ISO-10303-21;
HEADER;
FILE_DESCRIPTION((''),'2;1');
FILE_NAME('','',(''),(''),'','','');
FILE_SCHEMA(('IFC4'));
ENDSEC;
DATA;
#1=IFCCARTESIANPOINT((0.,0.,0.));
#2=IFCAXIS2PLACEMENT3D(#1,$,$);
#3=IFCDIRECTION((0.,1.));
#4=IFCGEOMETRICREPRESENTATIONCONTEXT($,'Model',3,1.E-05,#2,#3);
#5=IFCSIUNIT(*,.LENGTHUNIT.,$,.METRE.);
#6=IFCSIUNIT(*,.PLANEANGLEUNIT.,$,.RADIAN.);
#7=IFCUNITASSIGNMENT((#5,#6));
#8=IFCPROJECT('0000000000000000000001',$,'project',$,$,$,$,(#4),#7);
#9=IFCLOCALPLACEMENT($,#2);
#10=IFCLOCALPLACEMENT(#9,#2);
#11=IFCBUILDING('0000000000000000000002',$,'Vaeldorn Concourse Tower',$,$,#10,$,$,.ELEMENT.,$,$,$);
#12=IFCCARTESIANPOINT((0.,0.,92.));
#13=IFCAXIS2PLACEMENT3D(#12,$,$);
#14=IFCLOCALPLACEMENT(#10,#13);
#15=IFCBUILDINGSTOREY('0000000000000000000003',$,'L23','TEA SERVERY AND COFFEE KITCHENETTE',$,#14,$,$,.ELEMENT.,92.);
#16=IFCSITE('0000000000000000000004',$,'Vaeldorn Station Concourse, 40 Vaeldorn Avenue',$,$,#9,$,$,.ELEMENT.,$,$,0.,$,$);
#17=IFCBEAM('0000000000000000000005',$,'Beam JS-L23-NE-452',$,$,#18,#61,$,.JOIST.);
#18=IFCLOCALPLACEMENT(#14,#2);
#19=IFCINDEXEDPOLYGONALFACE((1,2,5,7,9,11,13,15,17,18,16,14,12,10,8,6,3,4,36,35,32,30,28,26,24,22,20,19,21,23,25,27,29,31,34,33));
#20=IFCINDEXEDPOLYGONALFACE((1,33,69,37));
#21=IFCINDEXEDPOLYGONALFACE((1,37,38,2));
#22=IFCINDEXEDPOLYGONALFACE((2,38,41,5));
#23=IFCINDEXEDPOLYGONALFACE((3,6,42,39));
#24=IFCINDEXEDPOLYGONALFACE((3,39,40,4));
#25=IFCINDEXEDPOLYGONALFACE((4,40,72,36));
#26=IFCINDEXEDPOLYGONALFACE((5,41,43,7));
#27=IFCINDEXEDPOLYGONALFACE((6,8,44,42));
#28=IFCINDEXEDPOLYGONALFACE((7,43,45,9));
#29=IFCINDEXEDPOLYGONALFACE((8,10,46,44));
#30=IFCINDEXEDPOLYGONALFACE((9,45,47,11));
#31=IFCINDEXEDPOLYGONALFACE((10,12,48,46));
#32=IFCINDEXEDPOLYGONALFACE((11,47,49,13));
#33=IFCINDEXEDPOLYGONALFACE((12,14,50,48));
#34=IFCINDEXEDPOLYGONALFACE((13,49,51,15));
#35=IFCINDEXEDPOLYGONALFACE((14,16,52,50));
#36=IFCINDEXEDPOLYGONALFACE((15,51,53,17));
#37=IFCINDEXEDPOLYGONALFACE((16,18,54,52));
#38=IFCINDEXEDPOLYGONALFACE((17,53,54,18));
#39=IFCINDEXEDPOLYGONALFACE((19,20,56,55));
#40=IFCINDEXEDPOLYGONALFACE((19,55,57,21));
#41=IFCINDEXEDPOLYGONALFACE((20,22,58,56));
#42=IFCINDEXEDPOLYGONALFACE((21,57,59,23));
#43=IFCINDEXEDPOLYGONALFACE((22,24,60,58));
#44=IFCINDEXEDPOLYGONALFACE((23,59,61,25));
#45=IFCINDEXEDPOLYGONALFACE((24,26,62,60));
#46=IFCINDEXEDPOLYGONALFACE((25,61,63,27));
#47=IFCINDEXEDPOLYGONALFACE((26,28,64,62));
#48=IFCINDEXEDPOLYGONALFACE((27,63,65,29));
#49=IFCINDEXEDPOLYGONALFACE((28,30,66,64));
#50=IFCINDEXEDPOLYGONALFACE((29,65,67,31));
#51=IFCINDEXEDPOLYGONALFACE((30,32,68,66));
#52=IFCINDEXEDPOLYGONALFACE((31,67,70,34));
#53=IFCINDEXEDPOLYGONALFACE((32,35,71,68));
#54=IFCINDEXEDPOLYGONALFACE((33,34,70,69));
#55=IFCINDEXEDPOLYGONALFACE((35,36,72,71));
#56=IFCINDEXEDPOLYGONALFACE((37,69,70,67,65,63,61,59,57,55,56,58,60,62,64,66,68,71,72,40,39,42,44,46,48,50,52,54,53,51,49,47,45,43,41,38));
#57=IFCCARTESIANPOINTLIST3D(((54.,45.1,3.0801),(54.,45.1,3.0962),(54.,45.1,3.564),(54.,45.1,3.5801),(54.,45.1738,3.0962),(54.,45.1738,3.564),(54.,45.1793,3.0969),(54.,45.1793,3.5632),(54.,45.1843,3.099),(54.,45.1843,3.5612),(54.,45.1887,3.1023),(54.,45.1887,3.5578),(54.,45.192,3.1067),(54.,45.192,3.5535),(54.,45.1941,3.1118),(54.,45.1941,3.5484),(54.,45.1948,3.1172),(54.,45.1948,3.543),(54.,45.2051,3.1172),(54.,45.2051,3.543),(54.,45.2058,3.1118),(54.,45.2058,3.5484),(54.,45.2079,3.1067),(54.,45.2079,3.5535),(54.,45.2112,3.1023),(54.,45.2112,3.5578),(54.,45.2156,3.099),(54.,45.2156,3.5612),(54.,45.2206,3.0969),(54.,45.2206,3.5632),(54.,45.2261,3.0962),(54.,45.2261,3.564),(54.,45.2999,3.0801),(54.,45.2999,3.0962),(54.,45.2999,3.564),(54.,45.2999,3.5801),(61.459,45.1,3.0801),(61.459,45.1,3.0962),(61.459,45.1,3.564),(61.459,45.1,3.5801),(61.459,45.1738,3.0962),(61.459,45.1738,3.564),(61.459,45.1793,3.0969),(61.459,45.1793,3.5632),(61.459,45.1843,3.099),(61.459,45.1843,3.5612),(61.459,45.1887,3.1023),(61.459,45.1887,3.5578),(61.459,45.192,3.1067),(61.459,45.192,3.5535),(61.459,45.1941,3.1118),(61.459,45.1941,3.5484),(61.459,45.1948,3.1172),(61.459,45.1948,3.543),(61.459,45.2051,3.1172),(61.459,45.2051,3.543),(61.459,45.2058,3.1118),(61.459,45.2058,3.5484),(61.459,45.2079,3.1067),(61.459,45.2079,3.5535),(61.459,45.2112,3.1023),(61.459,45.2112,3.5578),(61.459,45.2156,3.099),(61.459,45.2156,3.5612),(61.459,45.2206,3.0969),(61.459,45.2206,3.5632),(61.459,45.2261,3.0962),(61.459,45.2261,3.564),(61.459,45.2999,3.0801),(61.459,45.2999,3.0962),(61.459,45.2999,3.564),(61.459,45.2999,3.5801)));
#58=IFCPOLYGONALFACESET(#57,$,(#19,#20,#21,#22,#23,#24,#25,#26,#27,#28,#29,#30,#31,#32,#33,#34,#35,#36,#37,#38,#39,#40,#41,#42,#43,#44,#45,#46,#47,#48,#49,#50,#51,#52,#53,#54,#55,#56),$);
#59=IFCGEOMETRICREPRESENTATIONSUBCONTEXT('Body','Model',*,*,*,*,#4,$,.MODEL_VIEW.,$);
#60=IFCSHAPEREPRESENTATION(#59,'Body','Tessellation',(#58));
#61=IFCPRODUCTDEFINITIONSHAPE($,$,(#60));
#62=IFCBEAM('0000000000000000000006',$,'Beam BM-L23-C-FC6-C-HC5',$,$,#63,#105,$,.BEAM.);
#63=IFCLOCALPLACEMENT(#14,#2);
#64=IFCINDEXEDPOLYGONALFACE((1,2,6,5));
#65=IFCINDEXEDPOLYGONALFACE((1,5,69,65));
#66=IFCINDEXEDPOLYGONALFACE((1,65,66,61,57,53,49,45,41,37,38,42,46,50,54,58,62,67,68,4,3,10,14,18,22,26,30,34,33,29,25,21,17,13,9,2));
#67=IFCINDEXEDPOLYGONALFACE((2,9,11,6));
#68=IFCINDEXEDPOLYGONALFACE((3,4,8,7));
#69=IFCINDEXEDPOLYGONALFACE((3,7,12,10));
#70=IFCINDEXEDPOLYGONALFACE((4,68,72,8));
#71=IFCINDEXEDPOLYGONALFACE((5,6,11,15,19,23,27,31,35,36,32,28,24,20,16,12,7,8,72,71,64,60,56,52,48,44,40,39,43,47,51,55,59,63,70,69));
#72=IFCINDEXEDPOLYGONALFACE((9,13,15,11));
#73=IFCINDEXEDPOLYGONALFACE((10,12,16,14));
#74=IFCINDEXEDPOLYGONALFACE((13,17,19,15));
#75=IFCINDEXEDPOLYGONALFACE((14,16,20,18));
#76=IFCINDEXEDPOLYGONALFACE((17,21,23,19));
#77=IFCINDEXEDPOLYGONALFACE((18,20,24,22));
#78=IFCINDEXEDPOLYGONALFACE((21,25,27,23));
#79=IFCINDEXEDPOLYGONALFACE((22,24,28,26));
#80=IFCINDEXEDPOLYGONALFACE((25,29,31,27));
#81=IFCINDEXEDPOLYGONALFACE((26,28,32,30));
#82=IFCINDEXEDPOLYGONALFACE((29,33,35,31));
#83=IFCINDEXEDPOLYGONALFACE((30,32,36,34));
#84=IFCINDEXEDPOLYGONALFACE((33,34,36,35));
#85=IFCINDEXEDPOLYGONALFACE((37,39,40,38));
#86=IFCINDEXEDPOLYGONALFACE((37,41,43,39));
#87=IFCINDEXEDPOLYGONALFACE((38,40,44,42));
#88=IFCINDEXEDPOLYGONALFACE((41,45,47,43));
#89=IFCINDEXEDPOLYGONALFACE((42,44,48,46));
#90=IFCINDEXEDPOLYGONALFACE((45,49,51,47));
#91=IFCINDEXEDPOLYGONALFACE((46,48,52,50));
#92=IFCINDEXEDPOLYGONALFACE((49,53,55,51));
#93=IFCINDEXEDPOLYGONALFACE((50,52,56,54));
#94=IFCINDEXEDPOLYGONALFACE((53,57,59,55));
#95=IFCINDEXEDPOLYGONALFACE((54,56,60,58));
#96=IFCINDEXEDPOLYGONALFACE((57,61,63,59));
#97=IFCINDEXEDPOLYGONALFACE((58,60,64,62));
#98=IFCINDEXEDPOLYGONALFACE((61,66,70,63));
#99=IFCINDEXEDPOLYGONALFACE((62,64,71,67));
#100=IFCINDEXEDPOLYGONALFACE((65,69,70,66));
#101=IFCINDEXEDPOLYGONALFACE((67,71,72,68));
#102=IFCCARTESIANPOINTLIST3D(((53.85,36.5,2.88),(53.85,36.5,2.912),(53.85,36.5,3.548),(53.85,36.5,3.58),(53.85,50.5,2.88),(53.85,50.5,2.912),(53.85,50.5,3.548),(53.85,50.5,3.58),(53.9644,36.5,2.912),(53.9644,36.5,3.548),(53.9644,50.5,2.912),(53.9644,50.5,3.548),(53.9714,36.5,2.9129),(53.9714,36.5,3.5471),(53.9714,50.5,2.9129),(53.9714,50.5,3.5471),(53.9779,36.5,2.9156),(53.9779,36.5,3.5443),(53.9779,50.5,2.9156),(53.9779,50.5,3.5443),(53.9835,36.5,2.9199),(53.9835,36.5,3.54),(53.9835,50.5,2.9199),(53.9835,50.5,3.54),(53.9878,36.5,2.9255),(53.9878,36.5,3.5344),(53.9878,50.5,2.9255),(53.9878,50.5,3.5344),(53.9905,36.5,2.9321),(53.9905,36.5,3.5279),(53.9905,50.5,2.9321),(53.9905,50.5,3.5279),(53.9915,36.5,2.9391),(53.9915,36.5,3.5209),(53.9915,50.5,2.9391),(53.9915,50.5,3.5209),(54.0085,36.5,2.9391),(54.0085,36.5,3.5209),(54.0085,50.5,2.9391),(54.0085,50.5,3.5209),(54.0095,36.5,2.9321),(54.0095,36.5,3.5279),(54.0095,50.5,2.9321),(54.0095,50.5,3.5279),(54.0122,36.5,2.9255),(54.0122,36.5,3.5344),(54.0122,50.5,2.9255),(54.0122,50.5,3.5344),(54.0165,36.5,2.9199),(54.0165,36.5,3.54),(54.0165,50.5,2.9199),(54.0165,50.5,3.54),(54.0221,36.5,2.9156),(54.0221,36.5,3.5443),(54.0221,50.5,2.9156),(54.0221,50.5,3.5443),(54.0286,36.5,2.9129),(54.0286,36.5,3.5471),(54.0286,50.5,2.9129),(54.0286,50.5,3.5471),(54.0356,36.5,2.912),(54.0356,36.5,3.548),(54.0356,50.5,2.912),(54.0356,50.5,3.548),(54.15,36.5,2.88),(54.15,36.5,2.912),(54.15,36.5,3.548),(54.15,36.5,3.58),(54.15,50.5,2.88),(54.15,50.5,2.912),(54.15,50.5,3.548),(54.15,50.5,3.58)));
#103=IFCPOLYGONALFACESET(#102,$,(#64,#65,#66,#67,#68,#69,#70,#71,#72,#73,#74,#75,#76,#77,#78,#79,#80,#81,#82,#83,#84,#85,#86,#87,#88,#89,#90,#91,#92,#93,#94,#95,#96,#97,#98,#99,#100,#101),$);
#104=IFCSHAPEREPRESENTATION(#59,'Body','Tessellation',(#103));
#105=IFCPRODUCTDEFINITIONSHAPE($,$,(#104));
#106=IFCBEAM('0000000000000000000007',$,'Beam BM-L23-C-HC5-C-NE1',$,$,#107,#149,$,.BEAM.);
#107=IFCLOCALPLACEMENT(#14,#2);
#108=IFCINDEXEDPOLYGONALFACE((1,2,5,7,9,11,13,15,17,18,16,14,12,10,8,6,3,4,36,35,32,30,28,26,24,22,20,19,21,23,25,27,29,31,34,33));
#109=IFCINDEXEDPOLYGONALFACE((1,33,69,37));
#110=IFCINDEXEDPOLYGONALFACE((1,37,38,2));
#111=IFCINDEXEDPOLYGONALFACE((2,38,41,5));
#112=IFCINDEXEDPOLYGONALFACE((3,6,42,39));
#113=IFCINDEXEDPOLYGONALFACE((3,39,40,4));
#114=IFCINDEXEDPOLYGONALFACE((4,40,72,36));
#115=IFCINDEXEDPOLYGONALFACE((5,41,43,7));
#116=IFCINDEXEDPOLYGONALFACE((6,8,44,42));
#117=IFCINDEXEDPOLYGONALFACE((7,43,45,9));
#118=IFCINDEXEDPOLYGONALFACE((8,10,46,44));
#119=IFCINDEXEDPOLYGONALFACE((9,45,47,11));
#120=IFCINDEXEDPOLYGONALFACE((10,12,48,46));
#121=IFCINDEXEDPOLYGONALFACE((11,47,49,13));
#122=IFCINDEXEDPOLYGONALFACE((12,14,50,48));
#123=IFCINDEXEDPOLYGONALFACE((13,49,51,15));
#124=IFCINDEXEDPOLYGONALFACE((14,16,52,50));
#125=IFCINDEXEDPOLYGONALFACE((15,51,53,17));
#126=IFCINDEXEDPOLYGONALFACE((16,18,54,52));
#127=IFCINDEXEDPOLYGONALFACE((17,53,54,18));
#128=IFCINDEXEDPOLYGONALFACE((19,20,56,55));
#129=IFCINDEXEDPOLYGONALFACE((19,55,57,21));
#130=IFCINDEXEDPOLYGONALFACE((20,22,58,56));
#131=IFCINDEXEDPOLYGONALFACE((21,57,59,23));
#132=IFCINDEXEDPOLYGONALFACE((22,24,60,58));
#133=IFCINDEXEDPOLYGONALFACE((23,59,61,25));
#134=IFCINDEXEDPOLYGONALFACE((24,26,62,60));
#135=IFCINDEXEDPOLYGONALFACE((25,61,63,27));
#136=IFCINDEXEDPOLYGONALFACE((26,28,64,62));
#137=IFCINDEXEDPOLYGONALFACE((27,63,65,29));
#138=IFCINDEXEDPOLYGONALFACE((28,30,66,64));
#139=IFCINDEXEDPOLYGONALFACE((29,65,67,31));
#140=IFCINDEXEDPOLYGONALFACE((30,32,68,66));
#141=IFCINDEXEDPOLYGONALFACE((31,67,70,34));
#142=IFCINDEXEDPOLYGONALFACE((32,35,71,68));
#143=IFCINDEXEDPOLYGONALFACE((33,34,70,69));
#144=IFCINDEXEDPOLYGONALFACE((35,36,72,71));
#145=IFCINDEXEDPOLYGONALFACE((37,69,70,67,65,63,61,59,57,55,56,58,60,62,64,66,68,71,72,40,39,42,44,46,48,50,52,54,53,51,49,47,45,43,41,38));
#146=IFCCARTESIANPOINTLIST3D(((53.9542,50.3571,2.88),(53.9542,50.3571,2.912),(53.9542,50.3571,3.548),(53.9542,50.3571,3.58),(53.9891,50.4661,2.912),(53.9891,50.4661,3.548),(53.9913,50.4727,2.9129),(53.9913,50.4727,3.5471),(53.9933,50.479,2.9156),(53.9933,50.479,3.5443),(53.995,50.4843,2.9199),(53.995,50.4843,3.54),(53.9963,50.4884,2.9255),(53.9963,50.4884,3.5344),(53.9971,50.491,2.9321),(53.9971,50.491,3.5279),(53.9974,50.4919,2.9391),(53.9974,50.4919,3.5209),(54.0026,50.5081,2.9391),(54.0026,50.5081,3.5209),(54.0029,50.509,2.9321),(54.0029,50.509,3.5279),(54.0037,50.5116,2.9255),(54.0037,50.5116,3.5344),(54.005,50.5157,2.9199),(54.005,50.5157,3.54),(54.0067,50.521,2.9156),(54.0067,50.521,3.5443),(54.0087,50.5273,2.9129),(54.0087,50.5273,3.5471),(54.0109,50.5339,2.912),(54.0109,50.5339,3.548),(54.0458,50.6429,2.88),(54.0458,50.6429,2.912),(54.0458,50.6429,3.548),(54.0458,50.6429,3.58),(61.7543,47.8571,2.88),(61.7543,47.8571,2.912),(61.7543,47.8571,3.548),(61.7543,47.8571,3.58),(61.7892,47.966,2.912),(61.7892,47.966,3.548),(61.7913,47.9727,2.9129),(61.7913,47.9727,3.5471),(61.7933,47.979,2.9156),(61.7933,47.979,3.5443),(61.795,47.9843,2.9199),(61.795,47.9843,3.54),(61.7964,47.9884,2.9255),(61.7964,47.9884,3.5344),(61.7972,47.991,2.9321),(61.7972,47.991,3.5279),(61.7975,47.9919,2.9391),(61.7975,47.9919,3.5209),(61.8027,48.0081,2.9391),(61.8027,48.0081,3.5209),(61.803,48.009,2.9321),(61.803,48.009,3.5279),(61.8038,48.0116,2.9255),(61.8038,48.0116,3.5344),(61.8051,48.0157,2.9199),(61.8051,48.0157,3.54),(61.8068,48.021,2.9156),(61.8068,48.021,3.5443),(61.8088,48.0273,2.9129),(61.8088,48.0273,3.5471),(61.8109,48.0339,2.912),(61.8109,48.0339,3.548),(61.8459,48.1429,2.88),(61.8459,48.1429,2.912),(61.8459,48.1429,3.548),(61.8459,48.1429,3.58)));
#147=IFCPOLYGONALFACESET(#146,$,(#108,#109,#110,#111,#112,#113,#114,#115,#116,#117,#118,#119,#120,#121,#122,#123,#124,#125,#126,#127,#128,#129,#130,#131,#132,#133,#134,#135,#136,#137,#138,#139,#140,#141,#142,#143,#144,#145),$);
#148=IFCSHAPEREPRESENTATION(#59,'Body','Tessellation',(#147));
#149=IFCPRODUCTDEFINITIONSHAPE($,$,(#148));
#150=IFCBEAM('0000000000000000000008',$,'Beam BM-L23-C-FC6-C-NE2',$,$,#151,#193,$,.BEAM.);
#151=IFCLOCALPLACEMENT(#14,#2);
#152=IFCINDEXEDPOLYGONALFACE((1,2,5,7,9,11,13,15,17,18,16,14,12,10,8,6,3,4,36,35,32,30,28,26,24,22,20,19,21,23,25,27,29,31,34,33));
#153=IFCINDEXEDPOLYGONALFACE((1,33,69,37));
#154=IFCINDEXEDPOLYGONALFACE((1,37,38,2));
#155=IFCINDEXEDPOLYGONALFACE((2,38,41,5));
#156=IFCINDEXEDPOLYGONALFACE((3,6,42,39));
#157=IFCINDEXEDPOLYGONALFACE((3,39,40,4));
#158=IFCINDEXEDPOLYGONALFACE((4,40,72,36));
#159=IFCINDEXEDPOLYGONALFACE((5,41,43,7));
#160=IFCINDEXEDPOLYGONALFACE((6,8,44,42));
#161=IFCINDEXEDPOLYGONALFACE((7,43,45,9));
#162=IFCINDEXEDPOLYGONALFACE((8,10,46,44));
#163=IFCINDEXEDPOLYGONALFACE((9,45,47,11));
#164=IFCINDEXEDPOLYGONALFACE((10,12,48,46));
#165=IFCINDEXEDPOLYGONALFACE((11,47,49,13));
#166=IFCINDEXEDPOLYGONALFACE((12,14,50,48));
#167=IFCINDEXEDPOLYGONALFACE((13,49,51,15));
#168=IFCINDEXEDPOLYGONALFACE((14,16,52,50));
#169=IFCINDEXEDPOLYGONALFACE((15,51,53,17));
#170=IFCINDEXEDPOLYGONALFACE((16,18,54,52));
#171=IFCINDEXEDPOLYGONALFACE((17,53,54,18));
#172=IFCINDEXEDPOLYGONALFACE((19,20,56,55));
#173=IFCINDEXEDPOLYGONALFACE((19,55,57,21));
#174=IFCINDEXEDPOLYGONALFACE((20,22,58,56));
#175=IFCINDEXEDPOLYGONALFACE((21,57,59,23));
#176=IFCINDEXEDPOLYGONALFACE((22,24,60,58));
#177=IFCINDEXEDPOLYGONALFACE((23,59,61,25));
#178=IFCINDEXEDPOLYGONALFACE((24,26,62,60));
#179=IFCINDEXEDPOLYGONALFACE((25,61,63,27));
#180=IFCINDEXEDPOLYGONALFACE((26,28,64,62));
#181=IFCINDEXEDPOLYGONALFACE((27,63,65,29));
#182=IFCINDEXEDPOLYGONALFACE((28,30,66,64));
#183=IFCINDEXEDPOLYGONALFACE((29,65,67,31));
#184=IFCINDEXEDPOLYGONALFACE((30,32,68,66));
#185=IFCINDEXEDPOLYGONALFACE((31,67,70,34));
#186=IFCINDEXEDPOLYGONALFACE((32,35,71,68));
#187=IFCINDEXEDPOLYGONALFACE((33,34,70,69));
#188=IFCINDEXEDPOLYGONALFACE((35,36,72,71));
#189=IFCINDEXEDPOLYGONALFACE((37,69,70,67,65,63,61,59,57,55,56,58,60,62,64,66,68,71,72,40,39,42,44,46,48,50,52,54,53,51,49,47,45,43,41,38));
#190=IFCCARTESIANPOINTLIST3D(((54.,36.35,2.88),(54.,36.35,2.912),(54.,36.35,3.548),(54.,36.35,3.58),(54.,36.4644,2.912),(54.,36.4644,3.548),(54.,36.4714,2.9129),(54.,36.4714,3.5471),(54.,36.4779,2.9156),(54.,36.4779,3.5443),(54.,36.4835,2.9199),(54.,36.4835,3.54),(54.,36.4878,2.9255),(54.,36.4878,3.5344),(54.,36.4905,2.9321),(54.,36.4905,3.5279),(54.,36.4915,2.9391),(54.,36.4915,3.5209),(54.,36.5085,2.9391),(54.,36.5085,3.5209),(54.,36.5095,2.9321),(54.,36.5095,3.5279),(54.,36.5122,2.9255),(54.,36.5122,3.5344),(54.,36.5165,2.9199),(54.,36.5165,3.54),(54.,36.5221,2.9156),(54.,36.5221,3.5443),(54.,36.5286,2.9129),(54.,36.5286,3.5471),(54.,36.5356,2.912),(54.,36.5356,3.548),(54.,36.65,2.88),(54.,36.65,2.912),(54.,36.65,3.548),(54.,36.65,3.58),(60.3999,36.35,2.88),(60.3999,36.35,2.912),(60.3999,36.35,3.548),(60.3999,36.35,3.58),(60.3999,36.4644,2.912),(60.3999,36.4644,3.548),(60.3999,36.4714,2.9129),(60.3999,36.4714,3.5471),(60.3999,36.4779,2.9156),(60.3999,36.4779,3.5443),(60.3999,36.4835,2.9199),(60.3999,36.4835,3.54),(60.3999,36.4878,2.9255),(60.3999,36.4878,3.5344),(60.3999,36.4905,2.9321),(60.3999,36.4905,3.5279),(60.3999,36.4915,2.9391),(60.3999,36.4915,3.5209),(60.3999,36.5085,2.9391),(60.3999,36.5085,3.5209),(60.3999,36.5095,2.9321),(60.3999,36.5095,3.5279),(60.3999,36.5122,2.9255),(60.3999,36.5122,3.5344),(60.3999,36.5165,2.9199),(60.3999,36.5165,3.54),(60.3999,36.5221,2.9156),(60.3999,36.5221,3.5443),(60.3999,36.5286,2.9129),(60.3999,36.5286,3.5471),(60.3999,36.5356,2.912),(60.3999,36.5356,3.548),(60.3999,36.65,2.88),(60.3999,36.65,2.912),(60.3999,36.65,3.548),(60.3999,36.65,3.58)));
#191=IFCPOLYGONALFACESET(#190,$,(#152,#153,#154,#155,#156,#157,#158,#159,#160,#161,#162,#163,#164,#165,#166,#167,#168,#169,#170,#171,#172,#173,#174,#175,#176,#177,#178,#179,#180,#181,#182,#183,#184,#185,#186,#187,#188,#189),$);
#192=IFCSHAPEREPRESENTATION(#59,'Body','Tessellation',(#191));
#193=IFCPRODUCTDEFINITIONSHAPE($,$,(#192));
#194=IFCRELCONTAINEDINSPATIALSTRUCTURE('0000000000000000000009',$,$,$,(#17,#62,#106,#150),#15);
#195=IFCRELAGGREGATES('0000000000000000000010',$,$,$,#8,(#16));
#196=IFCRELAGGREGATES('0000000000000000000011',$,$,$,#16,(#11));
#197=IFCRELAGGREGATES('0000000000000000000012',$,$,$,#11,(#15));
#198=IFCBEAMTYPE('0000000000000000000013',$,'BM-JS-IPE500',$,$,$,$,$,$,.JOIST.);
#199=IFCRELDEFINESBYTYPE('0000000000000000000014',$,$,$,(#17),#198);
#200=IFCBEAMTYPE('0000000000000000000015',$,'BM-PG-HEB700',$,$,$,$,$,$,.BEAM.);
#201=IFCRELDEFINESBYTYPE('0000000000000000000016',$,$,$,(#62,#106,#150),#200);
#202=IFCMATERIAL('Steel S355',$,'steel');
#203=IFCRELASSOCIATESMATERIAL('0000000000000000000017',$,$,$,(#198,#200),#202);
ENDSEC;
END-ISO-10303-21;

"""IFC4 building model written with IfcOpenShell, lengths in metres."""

from ifc_helpers import new_model, si_unit, direction, frame, origin, origin_2d, place, context, subcontext, project, spatial, i_section, extrude, source, transform, mapped, material, material_profile, profile_set, type_object, element, save


model = new_model("IFC4")

# Units and contexts
model_context = context("Model", 3, precision=1e-05, world=origin(), true_north=direction((0.0, 1.0)))
body_context = subcontext(model_context, "Body", "Model", "MODEL_VIEW")
ifc_project = project(units=[si_unit("LENGTHUNIT", "METRE"), si_unit("PLANEANGLEUNIT", "RADIAN")], contexts=[model_context])

# Site, building, storey
site_placement = place(None, origin())
site = spatial("IfcSite", under=ifc_project, at=site_placement, Name="Vaeldorn Station Concourse, 40 Vaeldorn Avenue", CompositionType="ELEMENT", RefElevation=0.0)
building_placement = place(site_placement, origin())
building = spatial("IfcBuilding", under=site, at=building_placement, Name="Vaeldorn Concourse Tower", CompositionType="ELEMENT")
storey_placement = place(building_placement, frame((0.0, 0.0, 92.0)))
storey = spatial("IfcBuildingStorey", under=building, at=storey_placement, Name="L23", Description="TEA SERVERY AND COFFEE KITCHENETTE", CompositionType="ELEMENT", Elevation=92.0)

# Beams
ifc_material_1 = material(Name="Steel S355", Category="steel")
ifc_material_profile_1 = material_profile(ifc_material_1, i_section(OverallWidth=0.2, OverallDepth=0.5, WebThickness=0.0103, FlangeThickness=0.0161, FilletRadius=0.021, at=origin_2d()), Name="IPE 500")
ifc_profile_set_1 = profile_set([ifc_material_profile_1], Name="Steel S355")
beam_type_1 = type_object("IfcBeamType", Name="BM-JS-IPE500", PredefinedType="JOIST", material=ifc_profile_set_1)
shared_shape_1 = source(origin(), body_context, "Body", "SweptSolid", [
    extrude(i_section(OverallWidth=0.2, OverallDepth=0.5, WebThickness=0.0103, FlangeThickness=0.0161, FilletRadius=0.021, at=origin_2d()), origin(), (0.0, 0.0, 1.0), 7.459),
])
beam_1_placement = place(storey_placement, frame((54.0, 45.2, 3.3301), z_axis=(1.0, 0.0, 0.0), x_axis=(0.0, 1.0, 0.0)))
element("IfcBeam", 1, at=beam_1_placement, inside=storey, type_object=beam_type_1, Name="Beam JS-L23-NE-452", PredefinedType="JOIST", context=body_context, shape_type="MappedRepresentation", body=[
    mapped(shared_shape_1, transform((0.0, 0.0, 0.0), scale=1.0)),
])
ifc_material_profile_2 = material_profile(ifc_material_1, i_section(OverallWidth=0.3, OverallDepth=0.7, WebThickness=0.0171, FlangeThickness=0.032, FilletRadius=0.0271, at=origin_2d()), Name="HEB 700")
ifc_profile_set_2 = profile_set([ifc_material_profile_2], Name="Steel S355")
beam_type_2 = type_object("IfcBeamType", Name="BM-PG-HEB700", PredefinedType="BEAM", material=ifc_profile_set_2)
shared_shape_2 = source(origin(), body_context, "Body", "SweptSolid", [
    extrude(i_section(OverallWidth=0.3, OverallDepth=0.7, WebThickness=0.0171, FlangeThickness=0.032, FilletRadius=0.0271, at=origin_2d()), origin(), (0.0, 0.0, 1.0), 14.0),
])
beam_2_placement = place(storey_placement, frame((54.0, 36.5, 3.23), z_axis=(0.0, 1.0, 0.0), x_axis=(-1.0, 0.0, 0.0)))
element("IfcBeam", 2, at=beam_2_placement, inside=storey, type_object=beam_type_2, Name="Beam BM-L23-C-FC6-C-HC5", PredefinedType="BEAM", context=body_context, shape_type="MappedRepresentation", body=[
    mapped(shared_shape_2, transform((0.0, 0.0, 0.0), scale=1.0)),
])
shared_shape_3 = source(origin(), body_context, "Body", "SweptSolid", [
    extrude(i_section(OverallWidth=0.3, OverallDepth=0.7, WebThickness=0.0171, FlangeThickness=0.032, FilletRadius=0.0271, at=origin_2d()), origin(), (0.0, 0.0, 1.0), 8.1909),
])
beam_3_placement = place(storey_placement, frame((54.0, 50.5, 3.23), z_axis=(0.952283, -0.305217, 0.0), x_axis=(0.305217, 0.952283, 0.0)))
element("IfcBeam", 3, at=beam_3_placement, inside=storey, type_object=beam_type_2, Name="Beam BM-L23-C-HC5-C-NE1", PredefinedType="BEAM", context=body_context, shape_type="MappedRepresentation", body=[
    mapped(shared_shape_3, transform((0.0, 0.0, 0.0), scale=1.0)),
])
shared_shape_4 = source(origin(), body_context, "Body", "SweptSolid", [
    extrude(i_section(OverallWidth=0.3, OverallDepth=0.7, WebThickness=0.0171, FlangeThickness=0.032, FilletRadius=0.0271, at=origin_2d()), origin(), (0.0, 0.0, 1.0), 6.3999),
])
beam_4_placement = place(storey_placement, frame((54.0, 36.5, 3.23), z_axis=(1.0, 0.0, 0.0), x_axis=(0.0, 1.0, 0.0)))
element("IfcBeam", 4, at=beam_4_placement, inside=storey, type_object=beam_type_2, Name="Beam BM-L23-C-FC6-C-NE2", PredefinedType="BEAM", context=body_context, shape_type="MappedRepresentation", body=[
    mapped(shared_shape_4, transform((0.0, 0.0, 0.0), scale=1.0)),
])

save(model, "model.ifc")
